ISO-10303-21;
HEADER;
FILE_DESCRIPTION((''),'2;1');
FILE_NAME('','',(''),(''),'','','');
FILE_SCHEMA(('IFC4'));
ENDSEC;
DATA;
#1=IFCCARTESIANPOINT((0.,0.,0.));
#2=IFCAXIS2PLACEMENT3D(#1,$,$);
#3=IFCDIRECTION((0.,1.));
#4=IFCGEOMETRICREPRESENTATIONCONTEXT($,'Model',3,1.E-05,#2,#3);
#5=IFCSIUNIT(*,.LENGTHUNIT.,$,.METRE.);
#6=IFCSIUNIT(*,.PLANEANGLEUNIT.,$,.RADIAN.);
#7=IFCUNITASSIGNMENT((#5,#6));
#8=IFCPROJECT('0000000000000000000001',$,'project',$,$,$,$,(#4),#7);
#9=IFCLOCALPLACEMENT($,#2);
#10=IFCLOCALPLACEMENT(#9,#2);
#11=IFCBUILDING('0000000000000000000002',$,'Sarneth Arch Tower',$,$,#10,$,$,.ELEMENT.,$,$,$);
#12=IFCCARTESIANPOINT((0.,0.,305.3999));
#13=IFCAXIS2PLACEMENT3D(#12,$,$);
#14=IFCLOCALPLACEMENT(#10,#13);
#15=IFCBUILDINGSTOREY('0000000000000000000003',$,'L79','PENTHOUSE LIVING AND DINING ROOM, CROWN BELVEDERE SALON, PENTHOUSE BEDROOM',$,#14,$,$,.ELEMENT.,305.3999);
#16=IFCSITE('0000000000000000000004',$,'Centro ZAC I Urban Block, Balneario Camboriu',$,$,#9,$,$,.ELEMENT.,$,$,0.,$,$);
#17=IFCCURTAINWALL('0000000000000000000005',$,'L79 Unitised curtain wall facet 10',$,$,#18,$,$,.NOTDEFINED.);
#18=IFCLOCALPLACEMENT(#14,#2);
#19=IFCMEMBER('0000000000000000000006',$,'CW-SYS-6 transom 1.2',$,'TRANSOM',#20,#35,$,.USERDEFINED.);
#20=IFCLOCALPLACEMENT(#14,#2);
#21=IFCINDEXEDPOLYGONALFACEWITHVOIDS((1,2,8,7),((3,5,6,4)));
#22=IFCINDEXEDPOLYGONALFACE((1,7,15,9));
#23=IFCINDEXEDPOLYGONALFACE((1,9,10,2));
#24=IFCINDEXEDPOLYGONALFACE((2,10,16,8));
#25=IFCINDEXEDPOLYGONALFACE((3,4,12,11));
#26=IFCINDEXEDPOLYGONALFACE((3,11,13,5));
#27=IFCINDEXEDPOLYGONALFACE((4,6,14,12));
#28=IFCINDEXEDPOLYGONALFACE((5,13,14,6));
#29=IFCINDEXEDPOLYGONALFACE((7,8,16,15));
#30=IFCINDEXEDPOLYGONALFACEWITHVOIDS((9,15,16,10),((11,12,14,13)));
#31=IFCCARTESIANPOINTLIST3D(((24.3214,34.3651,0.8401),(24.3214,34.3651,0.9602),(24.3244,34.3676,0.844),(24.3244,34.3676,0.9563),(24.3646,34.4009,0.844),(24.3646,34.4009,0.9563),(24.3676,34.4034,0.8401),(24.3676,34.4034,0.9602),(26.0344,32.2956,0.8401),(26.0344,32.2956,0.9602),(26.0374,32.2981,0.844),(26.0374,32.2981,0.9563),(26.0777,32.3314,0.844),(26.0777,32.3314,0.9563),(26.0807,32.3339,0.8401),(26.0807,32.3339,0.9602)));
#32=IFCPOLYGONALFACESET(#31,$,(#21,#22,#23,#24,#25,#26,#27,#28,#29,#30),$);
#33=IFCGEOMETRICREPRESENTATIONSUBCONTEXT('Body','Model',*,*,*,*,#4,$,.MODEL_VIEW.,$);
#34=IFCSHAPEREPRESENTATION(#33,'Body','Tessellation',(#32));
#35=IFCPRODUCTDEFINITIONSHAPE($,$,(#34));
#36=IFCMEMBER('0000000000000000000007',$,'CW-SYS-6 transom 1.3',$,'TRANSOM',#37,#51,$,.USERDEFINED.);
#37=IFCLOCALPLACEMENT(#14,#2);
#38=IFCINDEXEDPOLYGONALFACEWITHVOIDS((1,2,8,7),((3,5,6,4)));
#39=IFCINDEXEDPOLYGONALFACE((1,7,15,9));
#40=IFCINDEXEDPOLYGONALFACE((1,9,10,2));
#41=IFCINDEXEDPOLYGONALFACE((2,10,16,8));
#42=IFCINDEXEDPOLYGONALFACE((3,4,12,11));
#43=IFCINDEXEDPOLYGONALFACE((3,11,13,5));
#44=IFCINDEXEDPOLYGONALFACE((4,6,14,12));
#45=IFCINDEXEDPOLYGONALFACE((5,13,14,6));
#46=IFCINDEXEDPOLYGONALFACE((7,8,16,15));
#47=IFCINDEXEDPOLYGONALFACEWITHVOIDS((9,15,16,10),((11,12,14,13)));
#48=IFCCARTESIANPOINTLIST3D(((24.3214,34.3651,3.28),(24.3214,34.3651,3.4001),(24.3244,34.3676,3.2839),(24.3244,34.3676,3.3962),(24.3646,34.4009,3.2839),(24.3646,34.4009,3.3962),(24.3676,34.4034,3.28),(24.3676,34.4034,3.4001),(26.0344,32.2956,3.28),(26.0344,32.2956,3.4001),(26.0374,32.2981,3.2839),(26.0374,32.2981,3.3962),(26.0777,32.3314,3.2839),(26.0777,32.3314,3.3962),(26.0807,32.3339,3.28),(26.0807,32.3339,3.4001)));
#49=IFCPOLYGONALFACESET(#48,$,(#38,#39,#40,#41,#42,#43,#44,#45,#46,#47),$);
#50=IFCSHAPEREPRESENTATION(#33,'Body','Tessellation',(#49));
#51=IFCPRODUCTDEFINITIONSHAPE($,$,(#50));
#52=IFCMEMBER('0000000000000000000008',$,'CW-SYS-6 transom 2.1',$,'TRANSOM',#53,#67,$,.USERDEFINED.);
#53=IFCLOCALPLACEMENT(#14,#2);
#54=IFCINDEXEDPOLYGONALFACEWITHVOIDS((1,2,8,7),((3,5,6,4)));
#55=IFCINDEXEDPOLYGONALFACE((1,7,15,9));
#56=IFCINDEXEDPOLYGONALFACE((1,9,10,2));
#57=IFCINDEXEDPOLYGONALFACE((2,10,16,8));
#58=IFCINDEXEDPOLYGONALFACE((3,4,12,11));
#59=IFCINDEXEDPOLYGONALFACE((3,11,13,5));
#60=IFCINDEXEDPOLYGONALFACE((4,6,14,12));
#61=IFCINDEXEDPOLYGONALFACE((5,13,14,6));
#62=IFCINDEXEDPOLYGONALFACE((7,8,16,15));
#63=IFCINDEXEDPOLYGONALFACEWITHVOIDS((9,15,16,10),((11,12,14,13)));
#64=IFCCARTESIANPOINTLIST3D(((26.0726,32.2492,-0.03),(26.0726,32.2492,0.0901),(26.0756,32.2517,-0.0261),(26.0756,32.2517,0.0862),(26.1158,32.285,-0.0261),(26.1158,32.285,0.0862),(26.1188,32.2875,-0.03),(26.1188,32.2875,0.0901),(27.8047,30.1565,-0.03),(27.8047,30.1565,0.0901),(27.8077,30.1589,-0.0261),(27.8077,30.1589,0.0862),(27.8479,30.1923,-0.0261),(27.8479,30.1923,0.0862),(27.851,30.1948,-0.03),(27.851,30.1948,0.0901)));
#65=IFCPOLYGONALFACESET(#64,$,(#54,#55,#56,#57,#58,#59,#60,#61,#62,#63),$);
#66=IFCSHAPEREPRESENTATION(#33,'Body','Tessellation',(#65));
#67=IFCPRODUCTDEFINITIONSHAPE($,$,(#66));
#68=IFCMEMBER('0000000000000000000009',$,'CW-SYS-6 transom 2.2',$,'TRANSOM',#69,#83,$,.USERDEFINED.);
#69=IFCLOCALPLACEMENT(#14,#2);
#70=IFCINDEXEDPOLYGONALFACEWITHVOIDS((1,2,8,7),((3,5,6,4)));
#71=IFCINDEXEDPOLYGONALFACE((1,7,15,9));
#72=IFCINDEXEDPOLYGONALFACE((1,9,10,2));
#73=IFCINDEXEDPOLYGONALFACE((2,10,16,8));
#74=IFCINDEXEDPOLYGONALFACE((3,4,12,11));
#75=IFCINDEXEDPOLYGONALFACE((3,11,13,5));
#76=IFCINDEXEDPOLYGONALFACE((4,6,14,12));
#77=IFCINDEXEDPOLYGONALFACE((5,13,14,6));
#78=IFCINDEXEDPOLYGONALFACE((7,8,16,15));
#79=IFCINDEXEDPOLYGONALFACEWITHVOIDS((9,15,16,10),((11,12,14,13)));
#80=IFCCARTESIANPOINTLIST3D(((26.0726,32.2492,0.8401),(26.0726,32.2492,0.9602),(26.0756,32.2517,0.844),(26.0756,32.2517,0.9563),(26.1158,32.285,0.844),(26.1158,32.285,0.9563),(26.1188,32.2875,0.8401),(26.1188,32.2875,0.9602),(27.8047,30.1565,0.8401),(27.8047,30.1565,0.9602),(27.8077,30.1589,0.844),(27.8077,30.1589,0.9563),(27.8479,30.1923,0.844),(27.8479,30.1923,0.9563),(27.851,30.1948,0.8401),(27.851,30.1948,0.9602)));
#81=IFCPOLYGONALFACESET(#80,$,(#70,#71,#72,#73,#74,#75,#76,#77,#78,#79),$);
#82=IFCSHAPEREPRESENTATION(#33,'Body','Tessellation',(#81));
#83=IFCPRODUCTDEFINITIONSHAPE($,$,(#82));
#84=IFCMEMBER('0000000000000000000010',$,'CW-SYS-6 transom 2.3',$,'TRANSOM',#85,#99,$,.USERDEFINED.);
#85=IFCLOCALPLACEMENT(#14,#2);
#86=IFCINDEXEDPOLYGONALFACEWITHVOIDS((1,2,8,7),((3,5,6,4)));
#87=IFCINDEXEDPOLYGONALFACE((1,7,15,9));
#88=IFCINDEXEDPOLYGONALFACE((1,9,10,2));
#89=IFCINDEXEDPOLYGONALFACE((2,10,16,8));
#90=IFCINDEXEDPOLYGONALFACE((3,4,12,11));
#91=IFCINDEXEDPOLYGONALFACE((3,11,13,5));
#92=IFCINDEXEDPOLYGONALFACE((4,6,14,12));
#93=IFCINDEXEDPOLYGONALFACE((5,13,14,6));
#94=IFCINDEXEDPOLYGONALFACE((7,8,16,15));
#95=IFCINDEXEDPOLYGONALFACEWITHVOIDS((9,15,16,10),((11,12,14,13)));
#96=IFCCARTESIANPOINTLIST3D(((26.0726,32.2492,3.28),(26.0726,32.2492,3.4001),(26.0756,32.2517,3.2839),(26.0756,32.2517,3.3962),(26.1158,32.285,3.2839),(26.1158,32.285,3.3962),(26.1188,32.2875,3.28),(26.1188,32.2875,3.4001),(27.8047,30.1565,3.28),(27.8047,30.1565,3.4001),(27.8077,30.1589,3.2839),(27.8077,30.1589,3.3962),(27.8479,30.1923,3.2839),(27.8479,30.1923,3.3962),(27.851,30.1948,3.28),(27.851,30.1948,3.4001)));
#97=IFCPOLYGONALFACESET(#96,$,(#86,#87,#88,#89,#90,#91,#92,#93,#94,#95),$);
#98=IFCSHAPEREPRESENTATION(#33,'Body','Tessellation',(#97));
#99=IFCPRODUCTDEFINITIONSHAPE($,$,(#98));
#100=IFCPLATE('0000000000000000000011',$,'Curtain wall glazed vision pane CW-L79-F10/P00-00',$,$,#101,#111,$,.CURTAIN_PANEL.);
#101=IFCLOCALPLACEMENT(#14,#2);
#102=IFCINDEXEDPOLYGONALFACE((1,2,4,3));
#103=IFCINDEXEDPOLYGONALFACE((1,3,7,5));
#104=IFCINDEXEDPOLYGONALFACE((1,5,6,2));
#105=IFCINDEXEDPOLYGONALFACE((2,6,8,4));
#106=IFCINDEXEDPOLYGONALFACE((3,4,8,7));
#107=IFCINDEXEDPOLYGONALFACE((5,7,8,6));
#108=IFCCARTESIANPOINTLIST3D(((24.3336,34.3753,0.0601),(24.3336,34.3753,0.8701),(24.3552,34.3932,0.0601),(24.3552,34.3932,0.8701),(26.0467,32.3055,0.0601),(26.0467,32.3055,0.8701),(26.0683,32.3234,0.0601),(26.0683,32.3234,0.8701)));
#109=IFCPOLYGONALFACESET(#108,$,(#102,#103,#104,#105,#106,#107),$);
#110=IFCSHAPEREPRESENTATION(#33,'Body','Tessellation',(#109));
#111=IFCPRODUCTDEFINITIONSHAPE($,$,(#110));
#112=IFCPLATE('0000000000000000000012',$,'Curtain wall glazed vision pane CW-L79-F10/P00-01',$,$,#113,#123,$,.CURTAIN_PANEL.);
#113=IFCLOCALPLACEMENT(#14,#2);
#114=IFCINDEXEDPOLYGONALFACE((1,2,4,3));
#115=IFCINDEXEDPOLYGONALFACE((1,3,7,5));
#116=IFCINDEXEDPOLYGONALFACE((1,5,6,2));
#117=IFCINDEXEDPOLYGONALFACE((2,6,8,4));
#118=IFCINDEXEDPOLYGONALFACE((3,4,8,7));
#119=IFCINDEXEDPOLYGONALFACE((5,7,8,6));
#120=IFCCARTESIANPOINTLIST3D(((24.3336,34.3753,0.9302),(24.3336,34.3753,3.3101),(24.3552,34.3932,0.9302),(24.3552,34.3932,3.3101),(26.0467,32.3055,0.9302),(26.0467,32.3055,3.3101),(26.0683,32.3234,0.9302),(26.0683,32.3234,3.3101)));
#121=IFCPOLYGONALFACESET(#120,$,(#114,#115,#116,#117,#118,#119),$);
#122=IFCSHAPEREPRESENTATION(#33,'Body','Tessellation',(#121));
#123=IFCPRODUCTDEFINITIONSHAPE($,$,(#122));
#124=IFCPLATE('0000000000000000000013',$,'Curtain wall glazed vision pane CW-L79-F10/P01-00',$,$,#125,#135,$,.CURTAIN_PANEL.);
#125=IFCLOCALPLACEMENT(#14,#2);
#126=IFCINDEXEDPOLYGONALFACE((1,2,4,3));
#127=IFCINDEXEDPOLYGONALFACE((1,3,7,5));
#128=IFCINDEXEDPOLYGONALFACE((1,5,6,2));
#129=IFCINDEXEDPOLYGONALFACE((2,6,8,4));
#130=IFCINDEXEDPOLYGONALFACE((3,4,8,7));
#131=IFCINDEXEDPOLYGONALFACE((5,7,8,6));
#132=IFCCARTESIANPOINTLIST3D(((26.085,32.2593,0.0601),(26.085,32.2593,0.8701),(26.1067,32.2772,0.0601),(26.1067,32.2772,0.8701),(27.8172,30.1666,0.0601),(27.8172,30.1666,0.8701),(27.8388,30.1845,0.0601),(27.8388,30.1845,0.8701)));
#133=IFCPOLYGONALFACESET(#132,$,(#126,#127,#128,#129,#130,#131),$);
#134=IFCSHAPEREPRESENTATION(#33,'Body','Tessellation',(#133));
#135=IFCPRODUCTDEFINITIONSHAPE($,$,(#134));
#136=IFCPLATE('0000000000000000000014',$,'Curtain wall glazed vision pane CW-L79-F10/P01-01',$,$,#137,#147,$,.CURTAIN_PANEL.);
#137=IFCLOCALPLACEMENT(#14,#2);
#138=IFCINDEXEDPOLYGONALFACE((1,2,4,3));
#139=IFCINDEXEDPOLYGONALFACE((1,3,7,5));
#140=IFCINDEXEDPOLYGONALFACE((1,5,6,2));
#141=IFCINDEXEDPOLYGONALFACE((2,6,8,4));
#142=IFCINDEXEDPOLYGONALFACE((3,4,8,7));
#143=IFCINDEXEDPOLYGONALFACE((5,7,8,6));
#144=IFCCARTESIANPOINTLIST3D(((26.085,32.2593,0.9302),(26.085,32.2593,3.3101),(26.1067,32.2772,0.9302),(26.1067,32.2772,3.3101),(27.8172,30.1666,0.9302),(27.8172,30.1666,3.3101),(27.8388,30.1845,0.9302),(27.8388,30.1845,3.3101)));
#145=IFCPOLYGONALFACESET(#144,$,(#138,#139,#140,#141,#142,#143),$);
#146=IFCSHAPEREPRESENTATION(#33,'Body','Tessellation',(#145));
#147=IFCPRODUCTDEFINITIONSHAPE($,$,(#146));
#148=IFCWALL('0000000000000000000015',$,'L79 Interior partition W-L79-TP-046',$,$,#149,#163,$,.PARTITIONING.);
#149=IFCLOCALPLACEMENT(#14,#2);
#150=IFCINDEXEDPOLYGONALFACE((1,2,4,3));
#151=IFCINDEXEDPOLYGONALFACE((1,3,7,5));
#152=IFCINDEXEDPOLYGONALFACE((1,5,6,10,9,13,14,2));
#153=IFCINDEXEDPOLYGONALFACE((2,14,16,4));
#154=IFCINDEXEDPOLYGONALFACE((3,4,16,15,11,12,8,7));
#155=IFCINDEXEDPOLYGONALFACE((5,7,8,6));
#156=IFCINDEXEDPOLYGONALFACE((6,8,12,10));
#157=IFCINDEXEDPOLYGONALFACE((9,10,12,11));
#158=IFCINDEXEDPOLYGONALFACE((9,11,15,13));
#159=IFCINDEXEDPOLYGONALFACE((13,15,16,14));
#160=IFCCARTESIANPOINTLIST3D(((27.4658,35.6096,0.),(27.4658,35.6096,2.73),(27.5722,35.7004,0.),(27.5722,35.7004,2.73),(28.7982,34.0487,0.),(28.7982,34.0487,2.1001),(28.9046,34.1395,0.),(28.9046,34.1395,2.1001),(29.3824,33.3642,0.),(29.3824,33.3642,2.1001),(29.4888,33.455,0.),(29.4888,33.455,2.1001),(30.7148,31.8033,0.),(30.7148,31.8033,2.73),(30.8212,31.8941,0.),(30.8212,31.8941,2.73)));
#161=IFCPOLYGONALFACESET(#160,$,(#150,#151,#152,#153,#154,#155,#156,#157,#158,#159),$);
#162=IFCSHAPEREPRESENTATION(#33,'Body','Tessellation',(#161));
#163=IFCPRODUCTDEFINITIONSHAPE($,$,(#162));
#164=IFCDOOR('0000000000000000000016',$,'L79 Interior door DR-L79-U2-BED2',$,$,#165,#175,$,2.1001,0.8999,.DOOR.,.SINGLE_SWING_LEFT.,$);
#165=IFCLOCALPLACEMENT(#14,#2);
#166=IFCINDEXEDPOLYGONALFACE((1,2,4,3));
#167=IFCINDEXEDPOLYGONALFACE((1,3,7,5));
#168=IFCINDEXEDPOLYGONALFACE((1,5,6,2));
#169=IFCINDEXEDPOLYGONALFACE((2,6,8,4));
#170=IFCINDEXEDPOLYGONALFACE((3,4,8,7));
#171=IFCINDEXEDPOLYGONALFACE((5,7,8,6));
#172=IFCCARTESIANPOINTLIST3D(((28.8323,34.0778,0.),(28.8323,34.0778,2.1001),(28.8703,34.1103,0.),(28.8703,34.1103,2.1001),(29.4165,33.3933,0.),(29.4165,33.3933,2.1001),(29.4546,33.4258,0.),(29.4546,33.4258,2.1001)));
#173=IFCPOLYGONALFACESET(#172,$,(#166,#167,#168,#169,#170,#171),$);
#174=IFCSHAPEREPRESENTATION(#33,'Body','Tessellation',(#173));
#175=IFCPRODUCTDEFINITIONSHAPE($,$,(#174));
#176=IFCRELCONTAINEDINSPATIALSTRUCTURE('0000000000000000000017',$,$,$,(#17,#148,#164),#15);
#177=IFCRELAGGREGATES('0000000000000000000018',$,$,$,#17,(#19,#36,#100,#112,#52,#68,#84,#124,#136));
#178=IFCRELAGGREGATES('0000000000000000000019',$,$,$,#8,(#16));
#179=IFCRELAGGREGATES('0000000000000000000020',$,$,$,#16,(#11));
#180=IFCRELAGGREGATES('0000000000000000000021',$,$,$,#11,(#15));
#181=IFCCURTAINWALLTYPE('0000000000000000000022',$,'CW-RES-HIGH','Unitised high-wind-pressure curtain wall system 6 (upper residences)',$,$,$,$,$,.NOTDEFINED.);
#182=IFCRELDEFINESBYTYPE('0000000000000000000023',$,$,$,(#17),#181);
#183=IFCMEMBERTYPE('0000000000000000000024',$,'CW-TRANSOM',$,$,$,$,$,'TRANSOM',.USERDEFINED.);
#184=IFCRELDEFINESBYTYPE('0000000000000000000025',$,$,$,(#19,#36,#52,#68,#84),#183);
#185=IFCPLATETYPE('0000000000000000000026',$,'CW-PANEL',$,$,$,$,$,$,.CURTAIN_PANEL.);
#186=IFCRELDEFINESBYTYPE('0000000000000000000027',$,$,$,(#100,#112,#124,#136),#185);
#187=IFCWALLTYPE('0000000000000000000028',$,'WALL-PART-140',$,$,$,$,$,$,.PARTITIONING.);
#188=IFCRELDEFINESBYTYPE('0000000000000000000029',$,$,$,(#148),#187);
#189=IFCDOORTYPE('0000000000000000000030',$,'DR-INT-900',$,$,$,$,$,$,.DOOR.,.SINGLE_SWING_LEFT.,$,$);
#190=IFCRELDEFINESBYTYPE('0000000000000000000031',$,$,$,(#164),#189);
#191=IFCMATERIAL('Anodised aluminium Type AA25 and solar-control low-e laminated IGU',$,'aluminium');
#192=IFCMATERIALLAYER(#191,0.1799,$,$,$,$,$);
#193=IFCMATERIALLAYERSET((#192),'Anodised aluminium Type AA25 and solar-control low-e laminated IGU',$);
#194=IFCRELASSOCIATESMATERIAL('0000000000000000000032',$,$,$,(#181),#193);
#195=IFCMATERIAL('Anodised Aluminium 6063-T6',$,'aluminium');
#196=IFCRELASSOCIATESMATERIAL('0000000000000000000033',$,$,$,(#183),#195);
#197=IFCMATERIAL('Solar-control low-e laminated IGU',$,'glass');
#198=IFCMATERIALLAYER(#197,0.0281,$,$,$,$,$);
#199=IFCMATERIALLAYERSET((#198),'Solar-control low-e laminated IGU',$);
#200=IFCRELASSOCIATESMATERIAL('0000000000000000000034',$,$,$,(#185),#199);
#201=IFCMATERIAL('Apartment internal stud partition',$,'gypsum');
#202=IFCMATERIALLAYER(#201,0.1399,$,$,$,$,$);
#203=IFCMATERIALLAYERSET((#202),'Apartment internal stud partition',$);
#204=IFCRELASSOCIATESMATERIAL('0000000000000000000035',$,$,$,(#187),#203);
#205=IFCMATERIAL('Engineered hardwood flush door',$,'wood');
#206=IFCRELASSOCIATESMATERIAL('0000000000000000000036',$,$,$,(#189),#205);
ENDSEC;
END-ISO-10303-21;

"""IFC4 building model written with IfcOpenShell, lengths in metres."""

from ifc_helpers import new_model, si_unit, direction, frame, frame_2d, origin, origin_2d, place, context, subcontext, project, spatial, rectangle, hollow_rectangle, extrude, material, layer, layer_set, material_profile, profile_set, type_object, element, fill, aggregate, save


model = new_model("IFC4")

# Units and contexts
model_context = context("Model", 3, precision=1e-05, world=origin(), true_north=direction((0.0, 1.0)))
body_context = subcontext(model_context, "Body", "Model", "MODEL_VIEW")
ifc_project = project(units=[si_unit("LENGTHUNIT", "METRE"), si_unit("PLANEANGLEUNIT", "RADIAN")], contexts=[model_context])

# Site, building, storey
site_placement = place(None, origin())
site = spatial("IfcSite", under=ifc_project, at=site_placement, Name="Centro ZAC I Urban Block, Balneario Camboriu", CompositionType="ELEMENT", RefElevation=0.0)
building_placement = place(site_placement, origin())
building = spatial("IfcBuilding", under=site, at=building_placement, Name="Sarneth Arch Tower", CompositionType="ELEMENT")
storey_placement = place(building_placement, frame((0.0, 0.0, 305.3999)))
storey = spatial("IfcBuildingStorey", under=building, at=storey_placement, Name="L79", Description="PENTHOUSE LIVING AND DINING ROOM, CROWN BELVEDERE SALON, PENTHOUSE BEDROOM", CompositionType="ELEMENT", Elevation=305.3999)

# Curtain wall, members, plates
ifc_material_1 = material(Name="Anodised aluminium Type AA25 and solar-control low-e laminated IGU", Category="aluminium")
ifc_layer_1 = layer(ifc_material_1, 0.1799)
ifc_layer_set_1 = layer_set([ifc_layer_1], Name="Anodised aluminium Type AA25 and solar-control low-e laminated IGU")
curtain_wall_type = type_object("IfcCurtainWallType", Name="CW-RES-HIGH", Description="Unitised high-wind-pressure curtain wall system 6 (upper residences)", PredefinedType="NOTDEFINED", material=ifc_layer_set_1)
curtain_wall_placement = place(storey_placement, origin())
curtain_wall = element("IfcCurtainWall", 1, at=curtain_wall_placement, inside=storey, type_object=curtain_wall_type, Name="L79 Unitised curtain wall facet 10", PredefinedType="NOTDEFINED")
ifc_material_2 = material(Name="Anodised Aluminium 6063-T6", Category="aluminium")
ifc_material_profile_1 = material_profile(ifc_material_2, hollow_rectangle(XDim=0.0601, YDim=0.1201, WallThickness=0.0039, at=origin_2d()), Name="AL-TRAN-120x60x4")
ifc_profile_set_1 = profile_set([ifc_material_profile_1], Name="Anodised Aluminium 6063-T6")
member_type_1 = type_object("IfcMemberType", Name="CW-TRANSOM", ElementType="TRANSOM", PredefinedType="USERDEFINED", material=ifc_profile_set_1)
member_1_placement = place(storey_placement, frame((24.3445, 34.3843, 0.9001), z_axis=(0.637651, -0.770325, 0.0), x_axis=(0.770325, 0.637651, 0.0)))
member_1 = element("IfcMember", 2, at=member_1_placement, type_object=member_type_1, Name="CW-SYS-6 transom 1.2", ObjectType="TRANSOM", PredefinedType="USERDEFINED", context=body_context, shape_type="SweptSolid", body=[
    extrude(hollow_rectangle(XDim=0.0601, YDim=0.1201, WallThickness=0.0039, at=origin_2d()), origin(), (0.0, 0.0, 1.0), 2.6865),
])
member_2_placement = place(storey_placement, frame((24.3445, 34.3843, 3.3401), z_axis=(0.637651, -0.770325, 0.0), x_axis=(0.770325, 0.637651, 0.0)))
member_2 = element("IfcMember", 3, at=member_2_placement, type_object=member_type_1, Name="CW-SYS-6 transom 1.3", ObjectType="TRANSOM", PredefinedType="USERDEFINED", context=body_context, shape_type="SweptSolid", body=[
    extrude(hollow_rectangle(XDim=0.0601, YDim=0.1201, WallThickness=0.0039, at=origin_2d()), origin(), (0.0, 0.0, 1.0), 2.6865),
])
member_3_placement = place(storey_placement, frame((26.0957, 32.2683, 0.03), z_axis=(0.637617, -0.770353, 0.0), x_axis=(0.770353, 0.637617, 0.0)))
member_3 = element("IfcMember", 4, at=member_3_placement, type_object=member_type_1, Name="CW-SYS-6 transom 2.1", ObjectType="TRANSOM", PredefinedType="USERDEFINED", context=body_context, shape_type="SweptSolid", body=[
    extrude(hollow_rectangle(XDim=0.0601, YDim=0.1201, WallThickness=0.0039, at=origin_2d()), origin(), (0.0, 0.0, 1.0), 2.7166),
])
member_4_placement = place(storey_placement, frame((26.0957, 32.2683, 0.9001), z_axis=(0.637617, -0.770353, 0.0), x_axis=(0.770353, 0.637617, 0.0)))
member_4 = element("IfcMember", 5, at=member_4_placement, type_object=member_type_1, Name="CW-SYS-6 transom 2.2", ObjectType="TRANSOM", PredefinedType="USERDEFINED", context=body_context, shape_type="SweptSolid", body=[
    extrude(hollow_rectangle(XDim=0.0601, YDim=0.1201, WallThickness=0.0039, at=origin_2d()), origin(), (0.0, 0.0, 1.0), 2.7166),
])
member_5_placement = place(storey_placement, frame((26.0957, 32.2683, 3.3401), z_axis=(0.637617, -0.770353, 0.0), x_axis=(0.770353, 0.637617, 0.0)))
member_5 = element("IfcMember", 6, at=member_5_placement, type_object=member_type_1, Name="CW-SYS-6 transom 2.3", ObjectType="TRANSOM", PredefinedType="USERDEFINED", context=body_context, shape_type="SweptSolid", body=[
    extrude(hollow_rectangle(XDim=0.0601, YDim=0.1201, WallThickness=0.0039, at=origin_2d()), origin(), (0.0, 0.0, 1.0), 2.7166),
])
ifc_material_3 = material(Name="Solar-control low-e laminated IGU", Category="glass")
ifc_layer_2 = layer(ifc_material_3, 0.0281)
ifc_layer_set_2 = layer_set([ifc_layer_2], Name="Solar-control low-e laminated IGU")
plate_type = type_object("IfcPlateType", Name="CW-PANEL", PredefinedType="CURTAIN_PANEL", material=ifc_layer_set_2)
plate_1_placement = place(storey_placement, frame((25.2009, 33.3494, 0.0601), z_axis=(0.0, 0.0, 1.0), x_axis=(0.63761, -0.770359, 0.0)))
plate_1 = element("IfcPlate", 7, at=plate_1_placement, type_object=plate_type, Name="Curtain wall glazed vision pane CW-L79-F10/P00-00", PredefinedType="CURTAIN_PANEL", context=body_context, shape_type="SweptSolid", body=[
    extrude(rectangle(XDim=2.6868, YDim=0.0281, at=origin_2d()), origin(), (0.0, 0.0, 1.0), 0.8101),
])
plate_2_placement = place(storey_placement, frame((25.2009, 33.3494, 0.9302), z_axis=(0.0, 0.0, 1.0), x_axis=(0.63761, -0.770359, 0.0)))
plate_2 = element("IfcPlate", 8, at=plate_2_placement, type_object=plate_type, Name="Curtain wall glazed vision pane CW-L79-F10/P00-01", PredefinedType="CURTAIN_PANEL", context=body_context, shape_type="SweptSolid", body=[
    extrude(rectangle(XDim=2.6868, YDim=0.0281, at=origin_2d()), origin(), (0.0, 0.0, 1.0), 2.3799),
])
plate_3_placement = place(storey_placement, frame((26.9619, 31.2219, 0.0601), z_axis=(0.0, 0.0, 1.0), x_axis=(0.63761, -0.770359, 0.0)))
plate_3 = element("IfcPlate", 9, at=plate_3_placement, type_object=plate_type, Name="Curtain wall glazed vision pane CW-L79-F10/P01-00", PredefinedType="CURTAIN_PANEL", context=body_context, shape_type="SweptSolid", body=[
    extrude(rectangle(XDim=2.7166, YDim=0.0281, at=origin_2d()), origin(), (0.0, 0.0, 1.0), 0.8101),
])
plate_4_placement = place(storey_placement, frame((26.9619, 31.2219, 0.9302), z_axis=(0.0, 0.0, 1.0), x_axis=(0.63761, -0.770359, 0.0)))
plate_4 = element("IfcPlate", 10, at=plate_4_placement, type_object=plate_type, Name="Curtain wall glazed vision pane CW-L79-F10/P01-01", PredefinedType="CURTAIN_PANEL", context=body_context, shape_type="SweptSolid", body=[
    extrude(rectangle(XDim=2.7166, YDim=0.0281, at=origin_2d()), origin(), (0.0, 0.0, 1.0), 2.3799),
])
aggregate(curtain_wall, [member_1, member_2, plate_1, plate_2, member_3, member_4, member_5, plate_3, plate_4])

# Wall, opening, door
ifc_material_4 = material(Name="Apartment internal stud partition", Category="gypsum")
ifc_layer_3 = layer(ifc_material_4, 0.1399)
ifc_layer_set_3 = layer_set([ifc_layer_3], Name="Apartment internal stud partition")
wall_type_1 = type_object("IfcWallType", Name="WALL-PART-140", PredefinedType="PARTITIONING", material=ifc_layer_set_3)
wall_1_placement = place(storey_placement, frame((27.519, 35.655, 0.0), z_axis=(0.0, 0.0, 1.0), x_axis=(0.649223, -0.760598, 0.0)))
wall_1 = element("IfcWall", 11, at=wall_1_placement, inside=storey, type_object=wall_type_1, Name="L79 Interior partition W-L79-TP-046", PredefinedType="PARTITIONING", context=body_context, shape_type="SweptSolid", body=[
    extrude(rectangle(XDim=5.0044, YDim=0.1399, at=frame_2d((2.5022, 0.0))), origin(), (0.0, 0.0, 1.0), 2.73),
])
opening_1_placement = place(wall_1_placement, frame((2.0522, 0.0, 0.0)))
opening_1 = element("IfcOpeningElement", 12, at=opening_1_placement, cuts=wall_1, PredefinedType="OPENING", context=body_context, shape_type="SweptSolid", body=[
    extrude(rectangle(XDim=0.8999, YDim=2.1001, at=frame_2d((0.45, 1.05))), frame((0.0, 0.0798, 0.0), z_axis=(0.0, -1.0, 0.0), x_axis=(1.0, 0.0, 0.0)), (0.0, 0.0, 1.0), 0.1599),
])
ifc_material_5 = material(Name="Engineered hardwood flush door", Category="wood")
door_type = type_object("IfcDoorType", Name="DR-INT-900", OperationType="SINGLE_SWING_LEFT", PredefinedType="DOOR", material=ifc_material_5)
door_1_placement = place(opening_1_placement, origin())
door_1 = element("IfcDoor", 13, at=door_1_placement, inside=storey, type_object=door_type, Name="L79 Interior door DR-L79-U2-BED2", OperationType="SINGLE_SWING_LEFT", OverallHeight=2.1001, OverallWidth=0.8999, PredefinedType="DOOR", context=body_context, shape_type="SweptSolid", body=[
    extrude(rectangle(XDim=0.8999, YDim=2.1001, at=frame_2d((0.45, 1.05))), frame((0.0, 0.0249, 0.0), z_axis=(0.0, -1.0, 0.0), x_axis=(1.0, 0.0, 0.0)), (0.0, 0.0, 1.0), 0.05),
])
fill(opening_1, door_1)

save(model, "model.ifc")
